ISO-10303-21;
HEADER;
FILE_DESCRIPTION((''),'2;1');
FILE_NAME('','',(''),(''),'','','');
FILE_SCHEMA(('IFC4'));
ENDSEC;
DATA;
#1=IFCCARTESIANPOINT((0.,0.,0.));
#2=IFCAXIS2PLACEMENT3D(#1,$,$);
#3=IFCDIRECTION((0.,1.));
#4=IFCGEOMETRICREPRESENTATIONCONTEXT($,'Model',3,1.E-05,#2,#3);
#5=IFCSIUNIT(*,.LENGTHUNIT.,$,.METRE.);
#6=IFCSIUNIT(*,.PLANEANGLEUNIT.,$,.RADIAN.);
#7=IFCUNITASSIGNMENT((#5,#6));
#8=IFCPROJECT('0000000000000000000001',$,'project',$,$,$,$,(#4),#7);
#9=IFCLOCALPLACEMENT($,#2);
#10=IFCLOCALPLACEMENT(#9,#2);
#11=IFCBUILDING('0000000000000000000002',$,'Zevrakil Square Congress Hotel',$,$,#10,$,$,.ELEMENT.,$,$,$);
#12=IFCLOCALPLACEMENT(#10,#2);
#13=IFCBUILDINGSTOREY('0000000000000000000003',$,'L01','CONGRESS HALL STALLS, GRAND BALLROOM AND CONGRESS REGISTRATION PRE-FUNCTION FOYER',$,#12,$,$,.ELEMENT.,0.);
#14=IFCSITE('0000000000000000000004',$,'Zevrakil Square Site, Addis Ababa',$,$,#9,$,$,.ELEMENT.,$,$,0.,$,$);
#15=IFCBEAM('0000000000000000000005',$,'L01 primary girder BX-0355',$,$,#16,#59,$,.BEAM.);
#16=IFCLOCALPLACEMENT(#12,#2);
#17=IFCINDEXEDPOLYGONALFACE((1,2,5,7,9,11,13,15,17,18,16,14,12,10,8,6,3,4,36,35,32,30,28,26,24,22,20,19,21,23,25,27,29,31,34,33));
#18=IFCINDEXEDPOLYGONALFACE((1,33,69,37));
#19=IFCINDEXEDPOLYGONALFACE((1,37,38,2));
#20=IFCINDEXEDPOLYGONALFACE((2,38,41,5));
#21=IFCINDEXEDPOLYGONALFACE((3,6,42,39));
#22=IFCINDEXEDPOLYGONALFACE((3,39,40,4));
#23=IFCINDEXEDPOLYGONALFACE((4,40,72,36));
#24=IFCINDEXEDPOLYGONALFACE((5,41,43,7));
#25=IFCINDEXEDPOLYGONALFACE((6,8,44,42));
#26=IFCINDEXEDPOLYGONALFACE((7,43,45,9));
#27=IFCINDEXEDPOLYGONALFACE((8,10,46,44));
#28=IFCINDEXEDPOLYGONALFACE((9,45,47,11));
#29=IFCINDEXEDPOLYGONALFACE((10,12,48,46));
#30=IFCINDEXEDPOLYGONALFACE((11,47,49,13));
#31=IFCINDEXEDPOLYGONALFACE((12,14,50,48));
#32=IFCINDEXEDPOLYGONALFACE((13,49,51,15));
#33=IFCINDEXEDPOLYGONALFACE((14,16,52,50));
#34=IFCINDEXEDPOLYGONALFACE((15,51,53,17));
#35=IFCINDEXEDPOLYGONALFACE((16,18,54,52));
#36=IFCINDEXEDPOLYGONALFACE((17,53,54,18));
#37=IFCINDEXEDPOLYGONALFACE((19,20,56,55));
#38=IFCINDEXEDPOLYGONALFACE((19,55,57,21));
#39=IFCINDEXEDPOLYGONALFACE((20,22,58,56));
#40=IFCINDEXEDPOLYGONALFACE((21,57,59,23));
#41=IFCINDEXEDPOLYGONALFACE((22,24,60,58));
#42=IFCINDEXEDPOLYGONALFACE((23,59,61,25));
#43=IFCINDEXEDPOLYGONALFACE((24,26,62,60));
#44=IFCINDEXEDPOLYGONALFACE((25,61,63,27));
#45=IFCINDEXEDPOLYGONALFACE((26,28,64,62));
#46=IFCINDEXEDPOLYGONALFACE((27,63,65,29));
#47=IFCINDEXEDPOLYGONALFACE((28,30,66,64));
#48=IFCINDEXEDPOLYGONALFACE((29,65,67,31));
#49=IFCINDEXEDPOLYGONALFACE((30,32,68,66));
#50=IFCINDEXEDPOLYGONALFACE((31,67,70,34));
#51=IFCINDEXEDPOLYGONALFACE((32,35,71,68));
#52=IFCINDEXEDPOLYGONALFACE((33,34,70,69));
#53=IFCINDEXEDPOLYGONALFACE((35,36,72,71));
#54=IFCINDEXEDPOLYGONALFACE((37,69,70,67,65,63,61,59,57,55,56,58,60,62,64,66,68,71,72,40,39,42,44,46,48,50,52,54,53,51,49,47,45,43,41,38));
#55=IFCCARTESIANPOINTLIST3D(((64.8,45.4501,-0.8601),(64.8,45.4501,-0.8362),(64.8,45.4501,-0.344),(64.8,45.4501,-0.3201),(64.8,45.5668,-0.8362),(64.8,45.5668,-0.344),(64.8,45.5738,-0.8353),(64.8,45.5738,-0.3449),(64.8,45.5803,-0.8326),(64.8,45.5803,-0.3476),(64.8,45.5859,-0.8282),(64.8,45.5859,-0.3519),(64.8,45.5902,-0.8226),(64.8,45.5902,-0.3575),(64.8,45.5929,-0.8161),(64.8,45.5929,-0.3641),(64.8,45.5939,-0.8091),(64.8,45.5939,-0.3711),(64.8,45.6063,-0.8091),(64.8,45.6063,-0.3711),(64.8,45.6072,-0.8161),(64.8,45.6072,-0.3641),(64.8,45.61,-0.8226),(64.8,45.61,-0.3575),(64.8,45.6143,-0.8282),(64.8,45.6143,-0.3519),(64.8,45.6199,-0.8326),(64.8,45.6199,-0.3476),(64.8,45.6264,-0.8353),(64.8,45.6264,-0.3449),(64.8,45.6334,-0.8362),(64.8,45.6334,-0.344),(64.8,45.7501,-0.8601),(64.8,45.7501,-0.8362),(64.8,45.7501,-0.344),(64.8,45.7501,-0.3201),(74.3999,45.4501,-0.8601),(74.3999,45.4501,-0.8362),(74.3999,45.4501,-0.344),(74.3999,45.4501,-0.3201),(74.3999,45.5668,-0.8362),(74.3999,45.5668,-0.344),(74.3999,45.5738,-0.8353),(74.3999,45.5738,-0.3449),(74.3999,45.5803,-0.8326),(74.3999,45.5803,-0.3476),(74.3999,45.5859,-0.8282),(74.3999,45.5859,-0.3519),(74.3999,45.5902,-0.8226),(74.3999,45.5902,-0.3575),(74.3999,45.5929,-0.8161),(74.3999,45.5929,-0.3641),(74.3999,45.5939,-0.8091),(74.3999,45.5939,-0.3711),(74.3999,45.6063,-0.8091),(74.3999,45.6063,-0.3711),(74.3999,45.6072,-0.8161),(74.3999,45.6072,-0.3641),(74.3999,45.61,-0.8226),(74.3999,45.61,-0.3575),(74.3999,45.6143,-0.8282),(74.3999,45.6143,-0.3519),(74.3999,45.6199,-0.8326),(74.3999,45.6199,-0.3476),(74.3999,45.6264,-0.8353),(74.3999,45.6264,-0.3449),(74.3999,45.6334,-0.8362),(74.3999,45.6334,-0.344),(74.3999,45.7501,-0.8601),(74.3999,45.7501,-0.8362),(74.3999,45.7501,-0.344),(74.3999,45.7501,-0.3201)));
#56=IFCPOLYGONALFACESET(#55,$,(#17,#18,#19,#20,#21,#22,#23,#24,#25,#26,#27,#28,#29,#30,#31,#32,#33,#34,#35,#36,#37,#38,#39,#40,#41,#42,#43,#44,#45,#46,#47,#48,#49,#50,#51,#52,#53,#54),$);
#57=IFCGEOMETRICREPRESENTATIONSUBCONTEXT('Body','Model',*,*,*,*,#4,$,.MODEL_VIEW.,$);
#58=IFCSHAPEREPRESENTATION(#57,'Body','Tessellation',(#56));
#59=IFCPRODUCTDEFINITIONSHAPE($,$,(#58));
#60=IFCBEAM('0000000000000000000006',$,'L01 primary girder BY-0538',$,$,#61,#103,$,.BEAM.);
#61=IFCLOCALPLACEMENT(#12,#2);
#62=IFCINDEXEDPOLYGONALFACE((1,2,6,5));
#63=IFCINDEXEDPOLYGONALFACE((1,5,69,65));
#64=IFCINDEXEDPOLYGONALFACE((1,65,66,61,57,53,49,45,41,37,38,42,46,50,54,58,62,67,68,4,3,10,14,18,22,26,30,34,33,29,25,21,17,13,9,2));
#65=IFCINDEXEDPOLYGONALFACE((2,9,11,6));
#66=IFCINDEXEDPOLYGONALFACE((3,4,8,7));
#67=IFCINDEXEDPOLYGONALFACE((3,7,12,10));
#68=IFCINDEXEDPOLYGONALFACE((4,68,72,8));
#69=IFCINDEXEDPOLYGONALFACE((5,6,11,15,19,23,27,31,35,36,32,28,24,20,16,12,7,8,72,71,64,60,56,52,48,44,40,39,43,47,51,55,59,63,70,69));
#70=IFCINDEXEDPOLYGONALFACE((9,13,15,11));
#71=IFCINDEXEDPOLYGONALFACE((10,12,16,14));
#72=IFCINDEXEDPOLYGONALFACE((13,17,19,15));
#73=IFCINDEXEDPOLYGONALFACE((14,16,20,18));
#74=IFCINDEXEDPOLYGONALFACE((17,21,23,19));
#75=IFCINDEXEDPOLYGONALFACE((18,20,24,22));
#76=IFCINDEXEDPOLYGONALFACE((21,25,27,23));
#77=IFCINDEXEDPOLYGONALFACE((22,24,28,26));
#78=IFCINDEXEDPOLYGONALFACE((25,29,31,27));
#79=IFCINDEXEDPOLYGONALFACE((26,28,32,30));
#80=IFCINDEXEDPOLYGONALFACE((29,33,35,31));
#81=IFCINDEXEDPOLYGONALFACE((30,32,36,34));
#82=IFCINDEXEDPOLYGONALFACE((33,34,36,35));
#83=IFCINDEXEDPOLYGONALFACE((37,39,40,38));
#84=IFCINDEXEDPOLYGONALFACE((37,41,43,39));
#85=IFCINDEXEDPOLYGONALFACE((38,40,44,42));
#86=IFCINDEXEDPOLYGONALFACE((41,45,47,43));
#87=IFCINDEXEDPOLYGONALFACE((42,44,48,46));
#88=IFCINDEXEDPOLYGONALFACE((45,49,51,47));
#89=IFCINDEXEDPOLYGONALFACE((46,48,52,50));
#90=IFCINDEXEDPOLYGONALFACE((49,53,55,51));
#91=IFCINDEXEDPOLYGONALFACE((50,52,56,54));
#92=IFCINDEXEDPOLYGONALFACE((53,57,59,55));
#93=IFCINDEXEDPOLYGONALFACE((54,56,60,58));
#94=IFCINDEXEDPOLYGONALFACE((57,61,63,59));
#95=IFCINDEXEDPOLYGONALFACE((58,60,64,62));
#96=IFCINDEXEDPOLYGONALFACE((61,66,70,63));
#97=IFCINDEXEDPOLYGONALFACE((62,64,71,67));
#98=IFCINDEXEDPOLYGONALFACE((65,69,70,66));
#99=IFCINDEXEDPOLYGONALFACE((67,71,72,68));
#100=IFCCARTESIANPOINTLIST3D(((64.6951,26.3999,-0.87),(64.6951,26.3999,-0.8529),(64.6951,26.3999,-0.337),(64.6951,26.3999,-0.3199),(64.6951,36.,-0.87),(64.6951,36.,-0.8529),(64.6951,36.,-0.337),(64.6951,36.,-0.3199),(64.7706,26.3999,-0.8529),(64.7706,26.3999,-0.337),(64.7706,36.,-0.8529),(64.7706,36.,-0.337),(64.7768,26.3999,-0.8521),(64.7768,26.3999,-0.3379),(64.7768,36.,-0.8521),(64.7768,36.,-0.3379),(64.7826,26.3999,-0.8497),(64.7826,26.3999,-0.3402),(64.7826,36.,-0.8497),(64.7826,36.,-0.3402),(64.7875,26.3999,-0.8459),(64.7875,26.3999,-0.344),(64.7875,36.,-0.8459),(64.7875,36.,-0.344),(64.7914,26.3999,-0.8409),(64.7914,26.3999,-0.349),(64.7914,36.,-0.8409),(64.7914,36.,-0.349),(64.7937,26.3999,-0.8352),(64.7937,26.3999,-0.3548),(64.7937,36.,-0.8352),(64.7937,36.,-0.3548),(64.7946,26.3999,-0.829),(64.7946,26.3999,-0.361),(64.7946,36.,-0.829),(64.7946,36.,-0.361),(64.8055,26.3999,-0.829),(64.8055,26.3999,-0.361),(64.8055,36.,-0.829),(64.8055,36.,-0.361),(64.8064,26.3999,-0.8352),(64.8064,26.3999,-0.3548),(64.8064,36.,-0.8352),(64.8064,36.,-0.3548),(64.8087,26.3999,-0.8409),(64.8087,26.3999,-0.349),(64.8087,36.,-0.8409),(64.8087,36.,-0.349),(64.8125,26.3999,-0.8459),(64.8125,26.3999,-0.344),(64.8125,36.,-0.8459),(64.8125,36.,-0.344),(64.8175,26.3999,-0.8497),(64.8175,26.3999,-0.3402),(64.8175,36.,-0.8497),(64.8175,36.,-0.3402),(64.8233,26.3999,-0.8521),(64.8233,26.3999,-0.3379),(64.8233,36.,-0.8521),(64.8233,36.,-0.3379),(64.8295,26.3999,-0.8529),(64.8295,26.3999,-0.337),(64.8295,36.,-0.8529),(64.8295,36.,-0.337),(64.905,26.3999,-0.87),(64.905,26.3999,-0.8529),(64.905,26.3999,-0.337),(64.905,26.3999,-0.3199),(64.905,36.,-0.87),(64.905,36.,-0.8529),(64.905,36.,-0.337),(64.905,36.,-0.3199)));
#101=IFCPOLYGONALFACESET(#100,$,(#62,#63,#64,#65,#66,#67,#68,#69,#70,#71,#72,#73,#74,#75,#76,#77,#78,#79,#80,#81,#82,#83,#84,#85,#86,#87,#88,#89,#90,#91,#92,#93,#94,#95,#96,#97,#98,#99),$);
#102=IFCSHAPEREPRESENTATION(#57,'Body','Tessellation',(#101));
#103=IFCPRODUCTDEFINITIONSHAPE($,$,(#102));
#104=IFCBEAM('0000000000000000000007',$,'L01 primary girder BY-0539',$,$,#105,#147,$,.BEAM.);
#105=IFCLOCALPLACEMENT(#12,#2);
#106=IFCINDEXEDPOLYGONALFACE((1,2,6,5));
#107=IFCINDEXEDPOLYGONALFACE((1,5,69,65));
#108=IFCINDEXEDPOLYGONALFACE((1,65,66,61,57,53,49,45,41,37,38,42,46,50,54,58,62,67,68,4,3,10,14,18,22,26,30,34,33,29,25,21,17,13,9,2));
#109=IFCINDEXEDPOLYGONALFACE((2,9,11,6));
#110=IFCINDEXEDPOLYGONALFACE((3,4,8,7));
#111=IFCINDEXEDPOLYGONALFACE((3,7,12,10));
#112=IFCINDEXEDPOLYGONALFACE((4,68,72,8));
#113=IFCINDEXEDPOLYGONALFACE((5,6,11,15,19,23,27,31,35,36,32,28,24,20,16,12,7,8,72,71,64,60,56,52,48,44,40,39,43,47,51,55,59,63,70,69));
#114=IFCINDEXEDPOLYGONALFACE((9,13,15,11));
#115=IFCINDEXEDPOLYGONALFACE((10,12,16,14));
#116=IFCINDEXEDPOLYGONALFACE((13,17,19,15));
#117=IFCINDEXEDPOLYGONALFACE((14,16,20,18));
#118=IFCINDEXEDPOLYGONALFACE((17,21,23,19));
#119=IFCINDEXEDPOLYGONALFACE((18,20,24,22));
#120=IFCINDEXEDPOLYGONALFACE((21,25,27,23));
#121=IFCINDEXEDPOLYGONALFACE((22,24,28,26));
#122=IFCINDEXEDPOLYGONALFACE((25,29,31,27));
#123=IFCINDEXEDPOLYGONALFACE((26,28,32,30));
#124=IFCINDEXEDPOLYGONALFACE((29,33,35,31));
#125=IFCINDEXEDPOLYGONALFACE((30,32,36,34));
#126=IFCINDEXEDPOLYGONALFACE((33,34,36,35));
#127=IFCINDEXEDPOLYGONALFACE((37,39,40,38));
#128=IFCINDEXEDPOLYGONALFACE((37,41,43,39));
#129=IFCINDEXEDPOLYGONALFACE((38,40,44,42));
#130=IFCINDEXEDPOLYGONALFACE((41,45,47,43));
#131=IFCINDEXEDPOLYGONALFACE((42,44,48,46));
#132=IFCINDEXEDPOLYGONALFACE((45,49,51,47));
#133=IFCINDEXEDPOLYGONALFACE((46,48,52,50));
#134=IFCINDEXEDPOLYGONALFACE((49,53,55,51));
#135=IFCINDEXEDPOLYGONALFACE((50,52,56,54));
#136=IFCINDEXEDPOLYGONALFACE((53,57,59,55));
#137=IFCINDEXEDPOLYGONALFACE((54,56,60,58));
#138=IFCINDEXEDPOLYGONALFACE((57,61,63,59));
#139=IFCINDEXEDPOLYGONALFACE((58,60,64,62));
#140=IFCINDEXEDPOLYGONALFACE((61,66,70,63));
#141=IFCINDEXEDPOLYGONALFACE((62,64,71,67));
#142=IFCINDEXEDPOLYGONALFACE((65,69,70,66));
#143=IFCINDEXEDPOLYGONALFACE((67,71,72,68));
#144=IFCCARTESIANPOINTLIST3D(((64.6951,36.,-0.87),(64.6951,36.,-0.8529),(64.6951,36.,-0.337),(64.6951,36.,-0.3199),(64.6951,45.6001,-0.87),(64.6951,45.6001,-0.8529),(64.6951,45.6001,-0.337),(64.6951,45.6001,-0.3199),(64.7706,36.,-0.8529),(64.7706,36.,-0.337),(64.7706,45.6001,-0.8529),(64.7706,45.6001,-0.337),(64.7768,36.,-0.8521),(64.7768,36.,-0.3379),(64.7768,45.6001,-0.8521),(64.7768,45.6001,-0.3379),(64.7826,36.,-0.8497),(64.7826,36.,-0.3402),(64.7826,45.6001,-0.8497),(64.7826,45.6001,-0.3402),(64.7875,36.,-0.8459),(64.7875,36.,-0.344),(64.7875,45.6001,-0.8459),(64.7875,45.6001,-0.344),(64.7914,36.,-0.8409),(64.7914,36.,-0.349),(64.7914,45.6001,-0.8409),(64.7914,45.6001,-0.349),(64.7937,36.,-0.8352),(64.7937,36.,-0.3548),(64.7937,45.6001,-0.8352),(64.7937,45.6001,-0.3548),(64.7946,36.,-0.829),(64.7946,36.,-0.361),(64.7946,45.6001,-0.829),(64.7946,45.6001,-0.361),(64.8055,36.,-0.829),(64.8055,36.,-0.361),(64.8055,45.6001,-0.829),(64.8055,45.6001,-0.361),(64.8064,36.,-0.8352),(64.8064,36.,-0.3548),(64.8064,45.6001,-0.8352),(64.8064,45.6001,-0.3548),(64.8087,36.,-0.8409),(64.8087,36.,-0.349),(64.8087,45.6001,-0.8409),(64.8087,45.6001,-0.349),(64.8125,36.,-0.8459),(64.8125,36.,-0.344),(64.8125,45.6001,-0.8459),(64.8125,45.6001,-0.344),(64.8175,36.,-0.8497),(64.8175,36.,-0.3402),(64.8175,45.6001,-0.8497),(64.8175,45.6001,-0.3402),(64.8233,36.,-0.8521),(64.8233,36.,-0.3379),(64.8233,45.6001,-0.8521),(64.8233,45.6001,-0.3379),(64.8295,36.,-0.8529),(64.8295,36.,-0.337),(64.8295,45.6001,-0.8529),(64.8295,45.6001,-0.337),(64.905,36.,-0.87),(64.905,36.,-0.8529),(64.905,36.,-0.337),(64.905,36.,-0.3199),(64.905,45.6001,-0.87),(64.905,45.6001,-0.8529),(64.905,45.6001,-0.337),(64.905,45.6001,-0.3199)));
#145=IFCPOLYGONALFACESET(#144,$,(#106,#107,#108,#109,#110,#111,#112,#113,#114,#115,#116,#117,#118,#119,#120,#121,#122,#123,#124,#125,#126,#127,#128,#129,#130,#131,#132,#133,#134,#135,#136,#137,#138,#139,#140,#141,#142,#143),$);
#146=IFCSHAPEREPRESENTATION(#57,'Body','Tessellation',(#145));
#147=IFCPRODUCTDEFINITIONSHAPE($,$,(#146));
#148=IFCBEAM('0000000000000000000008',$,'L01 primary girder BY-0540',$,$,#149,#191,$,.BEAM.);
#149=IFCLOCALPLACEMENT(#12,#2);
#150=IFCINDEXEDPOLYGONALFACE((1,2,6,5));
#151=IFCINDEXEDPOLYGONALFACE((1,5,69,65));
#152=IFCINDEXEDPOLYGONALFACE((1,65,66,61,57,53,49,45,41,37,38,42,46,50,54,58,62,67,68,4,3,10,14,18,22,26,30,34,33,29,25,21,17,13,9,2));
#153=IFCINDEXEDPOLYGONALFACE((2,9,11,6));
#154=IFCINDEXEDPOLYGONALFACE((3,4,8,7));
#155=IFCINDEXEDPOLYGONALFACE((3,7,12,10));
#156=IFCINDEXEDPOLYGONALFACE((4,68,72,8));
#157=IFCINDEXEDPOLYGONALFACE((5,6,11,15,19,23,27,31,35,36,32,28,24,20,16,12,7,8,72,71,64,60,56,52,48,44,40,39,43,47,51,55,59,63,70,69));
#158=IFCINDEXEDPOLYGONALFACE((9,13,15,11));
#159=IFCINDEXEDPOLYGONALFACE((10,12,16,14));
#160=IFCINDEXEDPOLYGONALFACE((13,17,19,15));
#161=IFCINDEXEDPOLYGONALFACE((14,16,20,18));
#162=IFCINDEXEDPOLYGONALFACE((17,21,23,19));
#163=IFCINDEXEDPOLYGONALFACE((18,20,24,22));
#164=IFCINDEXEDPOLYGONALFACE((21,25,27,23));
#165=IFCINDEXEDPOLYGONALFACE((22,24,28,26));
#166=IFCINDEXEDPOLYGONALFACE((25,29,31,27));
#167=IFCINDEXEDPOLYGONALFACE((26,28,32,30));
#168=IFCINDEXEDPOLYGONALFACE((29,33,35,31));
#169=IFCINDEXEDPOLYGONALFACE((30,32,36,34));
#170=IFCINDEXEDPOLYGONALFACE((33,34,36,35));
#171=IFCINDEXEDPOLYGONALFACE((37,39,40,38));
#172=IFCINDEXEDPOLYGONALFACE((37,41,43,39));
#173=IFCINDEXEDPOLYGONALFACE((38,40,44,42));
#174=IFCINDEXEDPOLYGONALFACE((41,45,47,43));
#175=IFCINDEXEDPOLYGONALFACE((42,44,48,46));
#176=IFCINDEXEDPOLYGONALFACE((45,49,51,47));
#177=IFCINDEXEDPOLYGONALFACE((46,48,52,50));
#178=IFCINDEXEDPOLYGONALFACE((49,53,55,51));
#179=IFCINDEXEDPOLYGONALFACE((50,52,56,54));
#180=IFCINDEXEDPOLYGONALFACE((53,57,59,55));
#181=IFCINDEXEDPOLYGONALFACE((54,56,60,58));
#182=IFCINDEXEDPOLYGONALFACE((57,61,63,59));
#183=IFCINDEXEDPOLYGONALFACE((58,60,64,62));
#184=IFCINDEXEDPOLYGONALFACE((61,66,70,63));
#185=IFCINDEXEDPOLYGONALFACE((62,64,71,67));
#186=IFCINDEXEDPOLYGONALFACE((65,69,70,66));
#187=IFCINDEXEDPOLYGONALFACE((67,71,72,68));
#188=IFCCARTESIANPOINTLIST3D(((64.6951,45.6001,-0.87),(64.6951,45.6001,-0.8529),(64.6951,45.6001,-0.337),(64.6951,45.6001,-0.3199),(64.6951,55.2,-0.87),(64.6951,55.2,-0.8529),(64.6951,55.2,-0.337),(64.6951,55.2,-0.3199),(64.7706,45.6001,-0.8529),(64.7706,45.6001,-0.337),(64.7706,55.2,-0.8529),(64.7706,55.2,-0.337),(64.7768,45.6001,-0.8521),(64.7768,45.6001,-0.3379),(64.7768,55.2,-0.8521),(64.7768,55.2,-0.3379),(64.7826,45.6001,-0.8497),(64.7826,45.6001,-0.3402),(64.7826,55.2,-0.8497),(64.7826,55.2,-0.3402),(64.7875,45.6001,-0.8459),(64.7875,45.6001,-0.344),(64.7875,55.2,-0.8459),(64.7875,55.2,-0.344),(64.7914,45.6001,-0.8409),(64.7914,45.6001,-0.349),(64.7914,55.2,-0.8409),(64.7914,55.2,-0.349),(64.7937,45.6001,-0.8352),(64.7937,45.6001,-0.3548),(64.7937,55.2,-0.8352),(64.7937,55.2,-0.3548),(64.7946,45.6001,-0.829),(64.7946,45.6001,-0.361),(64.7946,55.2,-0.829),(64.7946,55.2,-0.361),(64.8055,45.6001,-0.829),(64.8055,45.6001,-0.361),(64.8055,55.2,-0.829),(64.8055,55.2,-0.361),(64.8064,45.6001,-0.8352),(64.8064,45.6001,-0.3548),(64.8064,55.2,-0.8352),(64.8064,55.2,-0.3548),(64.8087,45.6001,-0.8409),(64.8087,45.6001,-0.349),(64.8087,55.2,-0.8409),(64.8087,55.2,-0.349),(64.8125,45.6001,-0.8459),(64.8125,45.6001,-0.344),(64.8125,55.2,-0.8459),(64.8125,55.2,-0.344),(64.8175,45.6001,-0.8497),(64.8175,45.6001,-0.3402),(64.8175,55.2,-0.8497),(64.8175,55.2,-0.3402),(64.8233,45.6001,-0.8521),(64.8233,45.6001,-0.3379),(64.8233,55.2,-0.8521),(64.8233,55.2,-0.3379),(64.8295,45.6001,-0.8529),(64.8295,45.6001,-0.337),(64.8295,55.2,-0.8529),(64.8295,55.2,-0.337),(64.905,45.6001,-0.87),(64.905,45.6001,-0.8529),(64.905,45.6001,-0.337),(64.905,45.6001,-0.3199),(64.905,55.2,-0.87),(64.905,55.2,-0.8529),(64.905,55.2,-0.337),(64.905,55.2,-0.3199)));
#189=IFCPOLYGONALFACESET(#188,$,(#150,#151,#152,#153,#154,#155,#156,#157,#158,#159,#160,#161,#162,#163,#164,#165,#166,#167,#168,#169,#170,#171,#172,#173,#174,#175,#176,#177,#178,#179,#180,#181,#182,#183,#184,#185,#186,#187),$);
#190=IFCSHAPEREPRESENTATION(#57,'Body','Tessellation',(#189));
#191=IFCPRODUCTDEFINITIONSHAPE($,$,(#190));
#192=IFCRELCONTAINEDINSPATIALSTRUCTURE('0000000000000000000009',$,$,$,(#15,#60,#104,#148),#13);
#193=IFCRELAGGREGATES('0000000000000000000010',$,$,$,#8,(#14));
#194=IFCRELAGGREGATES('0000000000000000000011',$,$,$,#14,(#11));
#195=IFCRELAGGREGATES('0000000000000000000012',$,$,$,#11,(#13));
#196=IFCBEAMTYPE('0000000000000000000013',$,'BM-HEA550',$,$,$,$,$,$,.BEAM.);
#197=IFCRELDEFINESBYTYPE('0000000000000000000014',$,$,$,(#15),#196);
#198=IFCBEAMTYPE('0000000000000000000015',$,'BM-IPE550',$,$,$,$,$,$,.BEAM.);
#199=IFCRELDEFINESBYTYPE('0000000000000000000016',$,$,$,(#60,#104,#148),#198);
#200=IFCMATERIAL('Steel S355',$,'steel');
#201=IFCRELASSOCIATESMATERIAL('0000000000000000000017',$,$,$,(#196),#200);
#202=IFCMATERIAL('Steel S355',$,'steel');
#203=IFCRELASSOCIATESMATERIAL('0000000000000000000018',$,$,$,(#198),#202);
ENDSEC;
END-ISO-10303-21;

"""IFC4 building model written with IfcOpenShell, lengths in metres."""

from ifc_helpers import new_model, si_unit, direction, frame, origin, origin_2d, place, context, subcontext, project, spatial, i_section, extrude, material, material_profile, profile_set, type_object, element, save


model = new_model("IFC4")

# Units and contexts
model_context = context("Model", 3, precision=1e-05, world=origin(), true_north=direction((0.0, 1.0)))
body_context = subcontext(model_context, "Body", "Model", "MODEL_VIEW")
ifc_project = project(units=[si_unit("LENGTHUNIT", "METRE"), si_unit("PLANEANGLEUNIT", "RADIAN")], contexts=[model_context])

# Site, building, storey
site_placement = place(None, origin())
site = spatial("IfcSite", under=ifc_project, at=site_placement, Name="Zevrakil Square Site, Addis Ababa", CompositionType="ELEMENT", RefElevation=0.0)
building_placement = place(site_placement, origin())
building = spatial("IfcBuilding", under=site, at=building_placement, Name="Zevrakil Square Congress Hotel", CompositionType="ELEMENT")
storey_placement = place(building_placement, origin())
storey = spatial("IfcBuildingStorey", under=building, at=storey_placement, Name="L01", Description="CONGRESS HALL STALLS, GRAND BALLROOM AND CONGRESS REGISTRATION PRE-FUNCTION FOYER", CompositionType="ELEMENT", Elevation=0.0)

# Beams
ifc_material_1 = material(Name="Steel S355", Category="steel")
ifc_material_profile_1 = material_profile(ifc_material_1, i_section(OverallWidth=0.3, OverallDepth=0.54, WebThickness=0.0125, FlangeThickness=0.0239, FilletRadius=0.0271, at=origin_2d()), Name="HEA 550")
ifc_profile_set_1 = profile_set([ifc_material_profile_1], Name="Steel S355")
beam_type_1 = type_object("IfcBeamType", Name="BM-HEA550", PredefinedType="BEAM", material=ifc_profile_set_1)
for number, where, z_axis, x_axis, name in (
    (1, (64.8, 45.6001, -0.5901), (1.0, 0.0, 0.0), (0.0, 1.0, 0.0), "L01 primary girder BX-0355"),
):
    element("IfcBeam", number, at=place(storey_placement, frame(where, z_axis=z_axis, x_axis=x_axis)), inside=storey, type_object=beam_type_1, Name=name, PredefinedType="BEAM", context=body_context, shape_type="SweptSolid", body=[
        extrude(i_section(OverallWidth=0.3, OverallDepth=0.54, WebThickness=0.0125, FlangeThickness=0.0239, FilletRadius=0.0271, at=origin_2d()), origin(), (0.0, 0.0, 1.0), 9.5999),
    ])
ifc_material_2 = material(Name="Steel S355", Category="steel")
ifc_material_profile_2 = material_profile(ifc_material_2, i_section(OverallWidth=0.21, OverallDepth=0.55, WebThickness=0.011, FlangeThickness=0.0171, FilletRadius=0.0239, at=origin_2d()), Name="IPE 550")
ifc_profile_set_2 = profile_set([ifc_material_profile_2], Name="Steel S355")
beam_type_2 = type_object("IfcBeamType", Name="BM-IPE550", PredefinedType="BEAM", material=ifc_profile_set_2)
for number, where, z_axis, x_axis, name in (
    (2, (64.8, 26.3999, -0.595), (0.0, 1.0, 0.0), (-1.0, 0.0, 0.0), "L01 primary girder BY-0538"),
    (3, (64.8, 36.0, -0.595), (0.0, 1.0, 0.0), (-1.0, 0.0, 0.0), "L01 primary girder BY-0539"),
):
    element("IfcBeam", number, at=place(storey_placement, frame(where, z_axis=z_axis, x_axis=x_axis)), inside=storey, type_object=beam_type_2, Name=name, PredefinedType="BEAM", context=body_context, shape_type="SweptSolid", body=[
        extrude(i_section(OverallWidth=0.21, OverallDepth=0.55, WebThickness=0.011, FlangeThickness=0.0171, FilletRadius=0.0239, at=origin_2d()), origin(), (0.0, 0.0, 1.0), 9.6001),
    ])
beam_placement = place(storey_placement, frame((64.8, 45.6001, -0.595), z_axis=(0.0, 1.0, 0.0), x_axis=(-1.0, 0.0, 0.0)))
element("IfcBeam", 4, at=beam_placement, inside=storey, type_object=beam_type_2, Name="L01 primary girder BY-0540", PredefinedType="BEAM", context=body_context, shape_type="SweptSolid", body=[
    extrude(i_section(OverallWidth=0.21, OverallDepth=0.55, WebThickness=0.011, FlangeThickness=0.0171, FilletRadius=0.0239, at=origin_2d()), origin(), (0.0, 0.0, 1.0), 9.5999),
])

save(model, "model.ifc")
